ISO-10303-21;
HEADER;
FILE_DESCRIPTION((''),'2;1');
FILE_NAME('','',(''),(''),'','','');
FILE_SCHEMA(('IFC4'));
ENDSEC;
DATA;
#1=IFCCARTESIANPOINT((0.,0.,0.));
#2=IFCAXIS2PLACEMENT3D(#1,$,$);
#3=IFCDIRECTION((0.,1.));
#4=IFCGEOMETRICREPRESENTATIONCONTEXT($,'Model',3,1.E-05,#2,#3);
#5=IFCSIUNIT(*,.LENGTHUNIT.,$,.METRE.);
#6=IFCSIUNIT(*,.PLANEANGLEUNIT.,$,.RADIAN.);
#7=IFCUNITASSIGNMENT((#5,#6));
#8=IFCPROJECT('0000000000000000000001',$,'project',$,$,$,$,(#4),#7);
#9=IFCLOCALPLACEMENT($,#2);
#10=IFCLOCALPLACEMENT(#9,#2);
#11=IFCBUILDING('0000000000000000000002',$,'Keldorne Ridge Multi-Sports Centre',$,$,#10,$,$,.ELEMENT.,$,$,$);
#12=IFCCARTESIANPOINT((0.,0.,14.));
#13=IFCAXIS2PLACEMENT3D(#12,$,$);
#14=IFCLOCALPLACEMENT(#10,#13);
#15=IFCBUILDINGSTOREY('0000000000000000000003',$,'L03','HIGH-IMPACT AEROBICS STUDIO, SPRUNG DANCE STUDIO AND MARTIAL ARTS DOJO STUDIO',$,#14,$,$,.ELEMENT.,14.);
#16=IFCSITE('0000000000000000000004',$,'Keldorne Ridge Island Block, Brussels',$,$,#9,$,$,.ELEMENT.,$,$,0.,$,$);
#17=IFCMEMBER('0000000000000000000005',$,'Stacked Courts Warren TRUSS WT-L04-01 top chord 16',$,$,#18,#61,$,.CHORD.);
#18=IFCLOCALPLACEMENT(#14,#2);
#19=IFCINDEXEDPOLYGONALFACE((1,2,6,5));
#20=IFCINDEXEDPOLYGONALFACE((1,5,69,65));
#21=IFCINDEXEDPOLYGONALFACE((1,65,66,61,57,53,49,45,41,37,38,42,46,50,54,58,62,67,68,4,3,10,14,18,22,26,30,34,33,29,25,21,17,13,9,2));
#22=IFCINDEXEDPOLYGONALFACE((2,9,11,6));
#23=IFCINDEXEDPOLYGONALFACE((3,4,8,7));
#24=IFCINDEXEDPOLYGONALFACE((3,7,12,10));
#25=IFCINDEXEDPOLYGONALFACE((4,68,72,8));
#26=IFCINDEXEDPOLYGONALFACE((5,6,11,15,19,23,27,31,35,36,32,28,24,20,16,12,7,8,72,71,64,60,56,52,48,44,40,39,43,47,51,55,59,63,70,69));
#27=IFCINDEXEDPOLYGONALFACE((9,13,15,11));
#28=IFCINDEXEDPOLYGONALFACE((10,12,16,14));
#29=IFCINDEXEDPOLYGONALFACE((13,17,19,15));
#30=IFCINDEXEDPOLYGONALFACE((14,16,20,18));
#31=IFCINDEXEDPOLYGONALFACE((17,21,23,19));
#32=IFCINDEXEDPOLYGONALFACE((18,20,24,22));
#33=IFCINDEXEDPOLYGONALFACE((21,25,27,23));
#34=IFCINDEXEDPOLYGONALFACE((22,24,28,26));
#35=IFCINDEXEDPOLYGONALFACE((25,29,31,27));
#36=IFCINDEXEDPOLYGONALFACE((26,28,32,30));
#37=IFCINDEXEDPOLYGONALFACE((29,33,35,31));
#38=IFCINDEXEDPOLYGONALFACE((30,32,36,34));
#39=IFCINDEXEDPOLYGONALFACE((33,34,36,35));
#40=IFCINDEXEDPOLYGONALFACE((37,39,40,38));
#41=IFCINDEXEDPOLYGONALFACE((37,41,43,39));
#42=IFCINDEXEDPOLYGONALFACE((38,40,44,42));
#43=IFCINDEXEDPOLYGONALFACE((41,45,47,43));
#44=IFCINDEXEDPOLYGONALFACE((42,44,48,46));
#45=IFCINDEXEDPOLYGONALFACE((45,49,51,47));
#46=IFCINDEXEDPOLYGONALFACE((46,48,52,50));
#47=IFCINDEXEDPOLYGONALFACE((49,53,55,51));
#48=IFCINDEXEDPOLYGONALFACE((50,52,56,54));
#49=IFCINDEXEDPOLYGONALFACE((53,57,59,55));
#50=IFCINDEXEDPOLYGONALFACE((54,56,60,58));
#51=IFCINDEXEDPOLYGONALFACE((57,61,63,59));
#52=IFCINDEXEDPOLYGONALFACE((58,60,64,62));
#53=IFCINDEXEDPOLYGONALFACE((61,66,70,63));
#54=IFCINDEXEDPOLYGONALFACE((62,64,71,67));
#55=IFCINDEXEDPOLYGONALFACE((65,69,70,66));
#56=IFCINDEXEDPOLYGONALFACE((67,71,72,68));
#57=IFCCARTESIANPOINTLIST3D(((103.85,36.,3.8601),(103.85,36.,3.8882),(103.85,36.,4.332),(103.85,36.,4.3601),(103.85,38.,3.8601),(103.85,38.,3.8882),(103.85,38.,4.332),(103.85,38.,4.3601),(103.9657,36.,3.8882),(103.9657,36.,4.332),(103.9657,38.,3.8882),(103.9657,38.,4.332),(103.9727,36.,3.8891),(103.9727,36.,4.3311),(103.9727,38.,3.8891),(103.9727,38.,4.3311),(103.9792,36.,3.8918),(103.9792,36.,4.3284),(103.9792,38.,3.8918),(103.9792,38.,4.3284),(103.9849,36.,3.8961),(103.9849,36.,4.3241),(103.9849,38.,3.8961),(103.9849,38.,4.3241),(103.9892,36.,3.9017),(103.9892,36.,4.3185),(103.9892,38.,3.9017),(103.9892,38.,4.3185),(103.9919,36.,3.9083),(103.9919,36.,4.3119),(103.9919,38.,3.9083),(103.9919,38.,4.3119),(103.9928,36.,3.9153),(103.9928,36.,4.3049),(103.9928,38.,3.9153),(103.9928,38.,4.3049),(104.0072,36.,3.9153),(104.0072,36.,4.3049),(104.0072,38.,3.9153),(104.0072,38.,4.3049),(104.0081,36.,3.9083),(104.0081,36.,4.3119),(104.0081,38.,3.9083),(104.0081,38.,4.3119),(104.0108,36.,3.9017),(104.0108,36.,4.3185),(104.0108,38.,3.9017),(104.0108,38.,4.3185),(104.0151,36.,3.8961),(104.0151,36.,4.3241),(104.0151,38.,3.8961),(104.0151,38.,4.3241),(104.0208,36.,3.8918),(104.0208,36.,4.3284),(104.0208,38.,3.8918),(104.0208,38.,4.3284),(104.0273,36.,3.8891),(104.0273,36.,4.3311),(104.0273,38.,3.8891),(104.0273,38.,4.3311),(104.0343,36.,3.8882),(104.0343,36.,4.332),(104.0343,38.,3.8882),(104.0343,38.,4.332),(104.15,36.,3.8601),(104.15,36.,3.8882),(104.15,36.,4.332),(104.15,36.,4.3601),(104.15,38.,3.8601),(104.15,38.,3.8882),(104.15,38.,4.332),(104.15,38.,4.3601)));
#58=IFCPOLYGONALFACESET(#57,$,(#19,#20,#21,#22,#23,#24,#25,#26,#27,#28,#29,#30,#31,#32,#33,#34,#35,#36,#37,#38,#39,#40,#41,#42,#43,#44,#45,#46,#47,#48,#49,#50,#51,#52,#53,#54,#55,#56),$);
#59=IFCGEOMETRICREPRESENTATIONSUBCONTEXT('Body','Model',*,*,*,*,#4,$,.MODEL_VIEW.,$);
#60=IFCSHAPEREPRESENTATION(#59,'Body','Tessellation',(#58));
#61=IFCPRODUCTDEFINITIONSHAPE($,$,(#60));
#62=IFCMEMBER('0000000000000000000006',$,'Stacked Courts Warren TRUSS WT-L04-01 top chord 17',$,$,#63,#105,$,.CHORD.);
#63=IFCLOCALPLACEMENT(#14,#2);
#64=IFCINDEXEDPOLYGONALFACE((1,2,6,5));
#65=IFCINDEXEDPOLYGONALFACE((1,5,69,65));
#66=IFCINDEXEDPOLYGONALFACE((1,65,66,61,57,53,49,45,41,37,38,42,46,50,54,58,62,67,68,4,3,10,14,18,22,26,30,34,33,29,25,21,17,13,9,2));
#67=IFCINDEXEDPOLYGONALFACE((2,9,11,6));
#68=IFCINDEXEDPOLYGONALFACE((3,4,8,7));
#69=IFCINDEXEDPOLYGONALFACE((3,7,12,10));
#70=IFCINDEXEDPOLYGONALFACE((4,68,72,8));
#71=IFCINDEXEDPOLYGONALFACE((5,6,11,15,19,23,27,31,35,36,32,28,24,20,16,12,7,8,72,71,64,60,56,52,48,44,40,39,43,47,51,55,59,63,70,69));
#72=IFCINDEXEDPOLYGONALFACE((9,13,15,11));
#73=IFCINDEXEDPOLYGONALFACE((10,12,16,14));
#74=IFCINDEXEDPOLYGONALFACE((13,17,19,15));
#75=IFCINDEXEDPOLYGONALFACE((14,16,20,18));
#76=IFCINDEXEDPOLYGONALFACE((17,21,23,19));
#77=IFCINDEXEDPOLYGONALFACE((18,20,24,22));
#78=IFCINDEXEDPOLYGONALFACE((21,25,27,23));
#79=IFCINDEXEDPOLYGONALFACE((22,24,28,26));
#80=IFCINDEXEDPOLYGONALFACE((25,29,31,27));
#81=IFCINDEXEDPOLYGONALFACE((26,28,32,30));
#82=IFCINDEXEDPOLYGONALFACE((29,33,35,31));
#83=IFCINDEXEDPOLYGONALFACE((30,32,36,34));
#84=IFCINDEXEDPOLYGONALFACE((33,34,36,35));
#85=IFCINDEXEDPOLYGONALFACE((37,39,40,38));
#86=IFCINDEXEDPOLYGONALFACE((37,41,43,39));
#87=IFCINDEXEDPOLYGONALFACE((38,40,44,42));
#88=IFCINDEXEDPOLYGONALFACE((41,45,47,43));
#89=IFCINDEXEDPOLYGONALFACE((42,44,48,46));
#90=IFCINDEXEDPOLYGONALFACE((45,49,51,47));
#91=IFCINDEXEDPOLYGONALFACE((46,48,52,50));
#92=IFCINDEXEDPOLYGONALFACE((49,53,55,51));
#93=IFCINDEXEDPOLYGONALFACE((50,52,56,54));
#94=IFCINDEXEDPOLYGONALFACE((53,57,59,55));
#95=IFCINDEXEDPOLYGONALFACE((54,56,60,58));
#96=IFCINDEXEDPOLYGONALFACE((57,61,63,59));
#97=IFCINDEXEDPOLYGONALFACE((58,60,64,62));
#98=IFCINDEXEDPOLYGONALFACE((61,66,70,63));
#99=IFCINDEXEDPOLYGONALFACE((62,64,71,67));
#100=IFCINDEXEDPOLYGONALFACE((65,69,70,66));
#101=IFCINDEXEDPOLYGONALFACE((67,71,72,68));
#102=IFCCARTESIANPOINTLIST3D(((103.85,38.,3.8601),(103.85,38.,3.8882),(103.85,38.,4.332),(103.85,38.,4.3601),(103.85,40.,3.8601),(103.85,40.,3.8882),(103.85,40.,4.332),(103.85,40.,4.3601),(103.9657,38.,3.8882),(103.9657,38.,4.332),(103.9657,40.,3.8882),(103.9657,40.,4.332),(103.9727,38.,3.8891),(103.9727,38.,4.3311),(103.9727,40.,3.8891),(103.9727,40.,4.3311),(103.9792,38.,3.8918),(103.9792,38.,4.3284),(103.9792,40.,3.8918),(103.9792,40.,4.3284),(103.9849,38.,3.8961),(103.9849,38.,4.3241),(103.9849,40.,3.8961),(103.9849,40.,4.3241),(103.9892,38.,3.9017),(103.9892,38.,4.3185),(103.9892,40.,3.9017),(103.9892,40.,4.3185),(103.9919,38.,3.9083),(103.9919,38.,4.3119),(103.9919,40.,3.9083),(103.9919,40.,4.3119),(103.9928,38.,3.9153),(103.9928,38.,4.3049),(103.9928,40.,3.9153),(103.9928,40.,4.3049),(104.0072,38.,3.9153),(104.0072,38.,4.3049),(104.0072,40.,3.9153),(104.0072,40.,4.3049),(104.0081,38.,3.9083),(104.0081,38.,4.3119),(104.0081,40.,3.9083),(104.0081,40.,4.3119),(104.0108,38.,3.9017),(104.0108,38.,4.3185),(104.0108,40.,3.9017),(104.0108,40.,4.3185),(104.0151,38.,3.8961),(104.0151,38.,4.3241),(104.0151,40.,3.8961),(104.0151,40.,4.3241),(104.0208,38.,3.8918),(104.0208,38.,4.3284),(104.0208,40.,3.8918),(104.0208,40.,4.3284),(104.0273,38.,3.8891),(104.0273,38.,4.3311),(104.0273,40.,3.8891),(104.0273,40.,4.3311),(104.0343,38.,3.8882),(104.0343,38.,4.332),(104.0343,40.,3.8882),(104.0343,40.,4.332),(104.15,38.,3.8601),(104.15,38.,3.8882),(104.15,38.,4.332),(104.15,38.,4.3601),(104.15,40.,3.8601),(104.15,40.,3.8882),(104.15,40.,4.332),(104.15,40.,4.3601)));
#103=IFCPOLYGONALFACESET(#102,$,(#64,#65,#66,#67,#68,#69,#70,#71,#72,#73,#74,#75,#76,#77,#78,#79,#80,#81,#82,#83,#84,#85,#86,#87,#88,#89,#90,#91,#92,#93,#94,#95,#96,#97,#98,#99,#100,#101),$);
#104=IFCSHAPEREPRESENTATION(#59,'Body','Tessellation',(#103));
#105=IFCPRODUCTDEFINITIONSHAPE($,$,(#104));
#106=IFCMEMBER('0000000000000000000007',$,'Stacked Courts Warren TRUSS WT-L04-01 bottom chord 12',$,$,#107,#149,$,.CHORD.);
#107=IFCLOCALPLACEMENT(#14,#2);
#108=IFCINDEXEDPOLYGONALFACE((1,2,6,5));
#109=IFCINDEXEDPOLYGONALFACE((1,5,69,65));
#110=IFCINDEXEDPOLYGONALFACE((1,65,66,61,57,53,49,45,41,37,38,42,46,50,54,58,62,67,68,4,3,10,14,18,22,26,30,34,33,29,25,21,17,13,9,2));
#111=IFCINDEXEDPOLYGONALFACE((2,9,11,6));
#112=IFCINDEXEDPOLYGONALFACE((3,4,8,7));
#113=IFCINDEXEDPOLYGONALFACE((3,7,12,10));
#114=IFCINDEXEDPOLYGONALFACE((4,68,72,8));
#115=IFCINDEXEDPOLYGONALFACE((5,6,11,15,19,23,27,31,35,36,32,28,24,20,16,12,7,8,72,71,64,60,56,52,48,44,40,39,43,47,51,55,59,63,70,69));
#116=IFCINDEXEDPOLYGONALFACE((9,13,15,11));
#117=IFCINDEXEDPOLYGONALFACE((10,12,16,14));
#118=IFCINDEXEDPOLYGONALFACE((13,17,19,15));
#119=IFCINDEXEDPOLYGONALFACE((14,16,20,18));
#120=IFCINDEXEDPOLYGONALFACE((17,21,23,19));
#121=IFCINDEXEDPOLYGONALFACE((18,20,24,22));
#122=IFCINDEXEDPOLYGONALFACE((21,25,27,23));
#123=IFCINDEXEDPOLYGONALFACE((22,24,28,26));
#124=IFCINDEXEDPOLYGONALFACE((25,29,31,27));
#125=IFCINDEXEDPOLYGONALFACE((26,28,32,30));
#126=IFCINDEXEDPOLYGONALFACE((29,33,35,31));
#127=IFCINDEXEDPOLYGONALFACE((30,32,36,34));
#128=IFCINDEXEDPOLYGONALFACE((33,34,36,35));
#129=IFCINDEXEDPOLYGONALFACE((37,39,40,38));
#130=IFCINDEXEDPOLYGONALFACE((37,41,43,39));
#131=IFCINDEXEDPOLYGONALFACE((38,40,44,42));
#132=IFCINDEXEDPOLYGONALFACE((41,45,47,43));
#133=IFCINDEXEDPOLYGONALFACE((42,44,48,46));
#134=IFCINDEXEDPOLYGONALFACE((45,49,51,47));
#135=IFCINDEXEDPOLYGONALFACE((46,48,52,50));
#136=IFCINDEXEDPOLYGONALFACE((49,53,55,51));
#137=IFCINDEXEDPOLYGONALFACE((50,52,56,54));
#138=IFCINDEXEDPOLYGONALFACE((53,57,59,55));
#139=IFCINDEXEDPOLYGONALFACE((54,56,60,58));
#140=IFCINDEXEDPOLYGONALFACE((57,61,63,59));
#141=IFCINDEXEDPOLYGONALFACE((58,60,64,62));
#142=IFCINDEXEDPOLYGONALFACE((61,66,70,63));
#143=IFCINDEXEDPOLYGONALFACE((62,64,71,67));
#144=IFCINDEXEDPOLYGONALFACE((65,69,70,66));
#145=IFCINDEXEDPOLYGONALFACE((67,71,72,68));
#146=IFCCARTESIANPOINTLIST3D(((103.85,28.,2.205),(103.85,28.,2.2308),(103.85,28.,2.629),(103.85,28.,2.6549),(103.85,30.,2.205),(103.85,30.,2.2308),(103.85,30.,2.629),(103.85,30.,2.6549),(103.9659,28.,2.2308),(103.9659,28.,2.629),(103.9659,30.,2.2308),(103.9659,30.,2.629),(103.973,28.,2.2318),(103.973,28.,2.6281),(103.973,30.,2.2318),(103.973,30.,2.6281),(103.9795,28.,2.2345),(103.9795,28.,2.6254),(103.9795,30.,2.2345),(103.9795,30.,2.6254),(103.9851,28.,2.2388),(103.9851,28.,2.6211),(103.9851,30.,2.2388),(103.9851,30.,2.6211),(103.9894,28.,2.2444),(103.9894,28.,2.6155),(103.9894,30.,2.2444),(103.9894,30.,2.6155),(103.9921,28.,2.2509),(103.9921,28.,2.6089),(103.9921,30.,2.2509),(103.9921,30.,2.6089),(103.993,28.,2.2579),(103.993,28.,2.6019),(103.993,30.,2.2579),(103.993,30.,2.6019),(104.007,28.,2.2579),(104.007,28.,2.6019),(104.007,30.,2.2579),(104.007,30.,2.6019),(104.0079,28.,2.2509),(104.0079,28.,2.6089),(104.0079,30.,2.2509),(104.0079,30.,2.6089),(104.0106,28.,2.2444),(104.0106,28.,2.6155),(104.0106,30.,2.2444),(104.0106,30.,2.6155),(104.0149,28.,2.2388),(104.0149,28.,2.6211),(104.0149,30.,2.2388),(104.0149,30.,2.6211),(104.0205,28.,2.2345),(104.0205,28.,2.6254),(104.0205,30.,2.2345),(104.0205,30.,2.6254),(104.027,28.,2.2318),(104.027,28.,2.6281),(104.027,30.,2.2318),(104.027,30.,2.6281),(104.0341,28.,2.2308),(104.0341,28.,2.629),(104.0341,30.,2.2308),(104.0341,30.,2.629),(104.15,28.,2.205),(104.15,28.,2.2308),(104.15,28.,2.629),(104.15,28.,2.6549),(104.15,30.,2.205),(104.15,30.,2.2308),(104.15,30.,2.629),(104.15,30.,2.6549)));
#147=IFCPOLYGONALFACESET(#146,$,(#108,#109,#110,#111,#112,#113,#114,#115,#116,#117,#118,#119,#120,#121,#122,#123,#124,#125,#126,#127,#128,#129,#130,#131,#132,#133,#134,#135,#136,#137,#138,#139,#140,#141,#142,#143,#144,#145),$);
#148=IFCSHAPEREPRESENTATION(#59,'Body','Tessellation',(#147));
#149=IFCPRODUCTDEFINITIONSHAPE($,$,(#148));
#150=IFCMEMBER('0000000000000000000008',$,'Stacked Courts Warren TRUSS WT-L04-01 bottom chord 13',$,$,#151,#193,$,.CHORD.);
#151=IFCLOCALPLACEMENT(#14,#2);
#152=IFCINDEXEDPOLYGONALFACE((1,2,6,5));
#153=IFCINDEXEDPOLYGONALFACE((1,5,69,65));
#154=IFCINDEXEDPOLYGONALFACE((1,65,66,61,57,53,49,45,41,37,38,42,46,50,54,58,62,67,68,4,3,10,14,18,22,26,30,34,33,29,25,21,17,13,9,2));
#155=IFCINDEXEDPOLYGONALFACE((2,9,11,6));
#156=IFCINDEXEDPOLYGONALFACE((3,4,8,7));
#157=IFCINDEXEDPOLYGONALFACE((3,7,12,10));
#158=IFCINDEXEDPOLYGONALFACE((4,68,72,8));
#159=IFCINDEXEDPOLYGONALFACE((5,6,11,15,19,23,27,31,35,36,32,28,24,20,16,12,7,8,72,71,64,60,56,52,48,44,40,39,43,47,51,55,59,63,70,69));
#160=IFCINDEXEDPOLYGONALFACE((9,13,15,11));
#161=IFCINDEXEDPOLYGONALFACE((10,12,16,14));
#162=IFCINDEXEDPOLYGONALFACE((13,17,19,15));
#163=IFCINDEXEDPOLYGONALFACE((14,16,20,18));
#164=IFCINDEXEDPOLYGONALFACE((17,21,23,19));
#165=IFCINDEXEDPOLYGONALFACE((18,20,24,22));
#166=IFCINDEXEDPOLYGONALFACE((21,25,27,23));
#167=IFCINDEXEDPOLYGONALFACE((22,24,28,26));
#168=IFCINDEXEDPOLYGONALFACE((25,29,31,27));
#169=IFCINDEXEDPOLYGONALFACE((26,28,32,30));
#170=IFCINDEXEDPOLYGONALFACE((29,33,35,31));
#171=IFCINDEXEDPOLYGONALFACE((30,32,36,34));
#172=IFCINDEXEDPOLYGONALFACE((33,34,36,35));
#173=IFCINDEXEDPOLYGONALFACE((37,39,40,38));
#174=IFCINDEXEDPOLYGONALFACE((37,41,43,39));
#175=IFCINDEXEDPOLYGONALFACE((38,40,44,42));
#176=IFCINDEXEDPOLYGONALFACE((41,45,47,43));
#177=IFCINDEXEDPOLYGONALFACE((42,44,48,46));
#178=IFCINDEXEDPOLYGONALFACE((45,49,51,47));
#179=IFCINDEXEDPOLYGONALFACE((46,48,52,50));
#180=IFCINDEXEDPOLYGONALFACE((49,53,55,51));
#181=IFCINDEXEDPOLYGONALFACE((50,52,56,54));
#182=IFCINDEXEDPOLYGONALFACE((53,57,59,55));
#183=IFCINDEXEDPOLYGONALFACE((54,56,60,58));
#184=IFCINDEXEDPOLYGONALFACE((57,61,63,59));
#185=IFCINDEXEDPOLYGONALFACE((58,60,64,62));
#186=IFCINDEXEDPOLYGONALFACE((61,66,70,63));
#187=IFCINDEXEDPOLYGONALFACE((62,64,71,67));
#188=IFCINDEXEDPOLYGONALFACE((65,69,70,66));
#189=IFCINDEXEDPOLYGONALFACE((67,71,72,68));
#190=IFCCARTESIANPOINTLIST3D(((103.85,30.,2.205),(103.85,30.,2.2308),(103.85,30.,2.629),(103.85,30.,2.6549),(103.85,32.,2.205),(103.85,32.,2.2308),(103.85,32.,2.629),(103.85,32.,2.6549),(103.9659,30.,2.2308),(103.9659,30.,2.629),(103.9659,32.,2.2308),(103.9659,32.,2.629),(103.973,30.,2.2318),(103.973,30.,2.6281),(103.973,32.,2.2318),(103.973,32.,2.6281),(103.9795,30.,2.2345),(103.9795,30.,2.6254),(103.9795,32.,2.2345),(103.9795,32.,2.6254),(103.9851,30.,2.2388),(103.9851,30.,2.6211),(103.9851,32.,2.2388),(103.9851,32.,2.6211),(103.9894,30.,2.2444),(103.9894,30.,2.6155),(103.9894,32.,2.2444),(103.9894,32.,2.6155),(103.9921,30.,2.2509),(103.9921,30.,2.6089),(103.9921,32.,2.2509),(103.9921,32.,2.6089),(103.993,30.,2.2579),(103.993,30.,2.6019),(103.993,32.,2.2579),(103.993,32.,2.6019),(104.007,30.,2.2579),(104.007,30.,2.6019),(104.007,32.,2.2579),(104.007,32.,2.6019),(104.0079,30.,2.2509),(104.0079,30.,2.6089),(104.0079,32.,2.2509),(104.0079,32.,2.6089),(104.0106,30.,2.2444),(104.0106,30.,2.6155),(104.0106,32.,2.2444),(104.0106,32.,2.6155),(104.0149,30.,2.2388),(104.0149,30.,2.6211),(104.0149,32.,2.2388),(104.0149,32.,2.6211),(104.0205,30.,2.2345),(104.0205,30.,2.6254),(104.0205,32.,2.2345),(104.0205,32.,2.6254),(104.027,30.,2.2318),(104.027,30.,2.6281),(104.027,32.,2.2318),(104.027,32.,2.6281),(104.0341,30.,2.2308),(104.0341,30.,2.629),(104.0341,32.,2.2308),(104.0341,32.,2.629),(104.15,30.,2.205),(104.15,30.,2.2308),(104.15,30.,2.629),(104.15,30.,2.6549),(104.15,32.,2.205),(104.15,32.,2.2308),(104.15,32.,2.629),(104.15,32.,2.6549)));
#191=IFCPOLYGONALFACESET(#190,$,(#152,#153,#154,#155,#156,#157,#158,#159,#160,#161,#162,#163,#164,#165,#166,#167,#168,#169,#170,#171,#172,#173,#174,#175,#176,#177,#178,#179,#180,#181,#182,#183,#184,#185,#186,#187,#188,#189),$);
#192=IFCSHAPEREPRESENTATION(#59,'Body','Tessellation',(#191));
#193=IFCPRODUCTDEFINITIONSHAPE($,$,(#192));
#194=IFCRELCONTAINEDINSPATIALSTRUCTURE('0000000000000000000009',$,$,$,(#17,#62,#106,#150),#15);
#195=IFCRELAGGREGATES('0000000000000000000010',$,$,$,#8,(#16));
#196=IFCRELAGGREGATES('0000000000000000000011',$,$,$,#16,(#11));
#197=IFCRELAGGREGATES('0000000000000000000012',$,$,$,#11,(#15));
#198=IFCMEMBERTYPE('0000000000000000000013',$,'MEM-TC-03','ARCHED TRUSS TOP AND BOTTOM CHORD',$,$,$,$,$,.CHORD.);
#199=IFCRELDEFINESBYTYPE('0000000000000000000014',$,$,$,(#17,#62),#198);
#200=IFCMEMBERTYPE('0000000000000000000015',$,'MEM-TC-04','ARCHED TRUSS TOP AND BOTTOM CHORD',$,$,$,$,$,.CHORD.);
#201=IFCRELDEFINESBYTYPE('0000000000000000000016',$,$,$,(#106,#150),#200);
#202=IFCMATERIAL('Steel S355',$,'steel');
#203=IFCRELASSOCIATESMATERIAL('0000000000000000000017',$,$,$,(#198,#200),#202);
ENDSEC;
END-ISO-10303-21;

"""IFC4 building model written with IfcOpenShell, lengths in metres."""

from ifc_helpers import new_model, si_unit, direction, frame, origin, origin_2d, place, context, subcontext, project, spatial, i_section, extrude, material, material_profile, profile_set, type_object, element, save


model = new_model("IFC4")

# Units and contexts
model_context = context("Model", 3, precision=1e-05, world=origin(), true_north=direction((0.0, 1.0)))
body_context = subcontext(model_context, "Body", "Model", "MODEL_VIEW")
ifc_project = project(units=[si_unit("LENGTHUNIT", "METRE"), si_unit("PLANEANGLEUNIT", "RADIAN")], contexts=[model_context])

# Site, building, storey
site_placement = place(None, origin())
site = spatial("IfcSite", under=ifc_project, at=site_placement, Name="Keldorne Ridge Island Block, Brussels", CompositionType="ELEMENT", RefElevation=0.0)
building_placement = place(site_placement, origin())
building = spatial("IfcBuilding", under=site, at=building_placement, Name="Keldorne Ridge Multi-Sports Centre", CompositionType="ELEMENT")
storey_placement = place(building_placement, frame((0.0, 0.0, 14.0)))
storey = spatial("IfcBuildingStorey", under=building, at=storey_placement, Name="L03", Description="HIGH-IMPACT AEROBICS STUDIO, SPRUNG DANCE STUDIO AND MARTIAL ARTS DOJO STUDIO", CompositionType="ELEMENT", Elevation=14.0)

# Shared definitions
ifc_material_1 = material(Name="Steel S355", Category="steel")

# Members
ifc_material_profile_1 = material_profile(ifc_material_1, i_section(OverallWidth=0.3, OverallDepth=0.5, WebThickness=0.0144, FlangeThickness=0.0281, FilletRadius=0.0271, at=origin_2d()), Name="HEB 500")
ifc_profile_set_1 = profile_set([ifc_material_profile_1], Name="Steel S355")
member_type_1 = type_object("IfcMemberType", Name="MEM-TC-03", Description="ARCHED TRUSS TOP AND BOTTOM CHORD", PredefinedType="CHORD", material=ifc_profile_set_1)
for number, where, z_axis, x_axis, name in (
    (1, (104.0, 36.0, 4.1101), (0.0, 1.0, 0.0), (-1.0, 0.0, 0.0), "Stacked Courts Warren TRUSS WT-L04-01 top chord 16"),
    (2, (104.0, 38.0, 4.1101), (0.0, 1.0, 0.0), (-1.0, 0.0, 0.0), "Stacked Courts Warren TRUSS WT-L04-01 top chord 17"),
):
    element("IfcMember", number, at=place(storey_placement, frame(where, z_axis=z_axis, x_axis=x_axis)), inside=storey, type_object=member_type_1, Name=name, PredefinedType="CHORD", context=body_context, shape_type="SweptSolid", body=[
        extrude(i_section(OverallWidth=0.3, OverallDepth=0.5, WebThickness=0.0144, FlangeThickness=0.0281, FilletRadius=0.0271, at=origin_2d()), origin(), (0.0, 0.0, 1.0), 2.0),
    ])
ifc_material_profile_2 = material_profile(ifc_material_1, i_section(OverallWidth=0.3, OverallDepth=0.45, WebThickness=0.0139, FlangeThickness=0.0259, FilletRadius=0.0271, at=origin_2d()), Name="HEB 450")
ifc_profile_set_2 = profile_set([ifc_material_profile_2], Name="Steel S355")
member_type_2 = type_object("IfcMemberType", Name="MEM-TC-04", Description="ARCHED TRUSS TOP AND BOTTOM CHORD", PredefinedType="CHORD", material=ifc_profile_set_2)
for number, where, z_axis, x_axis, name in (
    (3, (104.0, 28.0, 2.4299), (0.0, 1.0, 0.0), (-1.0, 0.0, 0.0), "Stacked Courts Warren TRUSS WT-L04-01 bottom chord 12"),
    (4, (104.0, 30.0, 2.4299), (0.0, 1.0, 0.0), (-1.0, 0.0, 0.0), "Stacked Courts Warren TRUSS WT-L04-01 bottom chord 13"),
):
    element("IfcMember", number, at=place(storey_placement, frame(where, z_axis=z_axis, x_axis=x_axis)), inside=storey, type_object=member_type_2, Name=name, PredefinedType="CHORD", context=body_context, shape_type="SweptSolid", body=[
        extrude(i_section(OverallWidth=0.3, OverallDepth=0.45, WebThickness=0.0139, FlangeThickness=0.0259, FilletRadius=0.0271, at=origin_2d()), origin(), (0.0, 0.0, 1.0), 2.0),
    ])

save(model, "model.ifc")
